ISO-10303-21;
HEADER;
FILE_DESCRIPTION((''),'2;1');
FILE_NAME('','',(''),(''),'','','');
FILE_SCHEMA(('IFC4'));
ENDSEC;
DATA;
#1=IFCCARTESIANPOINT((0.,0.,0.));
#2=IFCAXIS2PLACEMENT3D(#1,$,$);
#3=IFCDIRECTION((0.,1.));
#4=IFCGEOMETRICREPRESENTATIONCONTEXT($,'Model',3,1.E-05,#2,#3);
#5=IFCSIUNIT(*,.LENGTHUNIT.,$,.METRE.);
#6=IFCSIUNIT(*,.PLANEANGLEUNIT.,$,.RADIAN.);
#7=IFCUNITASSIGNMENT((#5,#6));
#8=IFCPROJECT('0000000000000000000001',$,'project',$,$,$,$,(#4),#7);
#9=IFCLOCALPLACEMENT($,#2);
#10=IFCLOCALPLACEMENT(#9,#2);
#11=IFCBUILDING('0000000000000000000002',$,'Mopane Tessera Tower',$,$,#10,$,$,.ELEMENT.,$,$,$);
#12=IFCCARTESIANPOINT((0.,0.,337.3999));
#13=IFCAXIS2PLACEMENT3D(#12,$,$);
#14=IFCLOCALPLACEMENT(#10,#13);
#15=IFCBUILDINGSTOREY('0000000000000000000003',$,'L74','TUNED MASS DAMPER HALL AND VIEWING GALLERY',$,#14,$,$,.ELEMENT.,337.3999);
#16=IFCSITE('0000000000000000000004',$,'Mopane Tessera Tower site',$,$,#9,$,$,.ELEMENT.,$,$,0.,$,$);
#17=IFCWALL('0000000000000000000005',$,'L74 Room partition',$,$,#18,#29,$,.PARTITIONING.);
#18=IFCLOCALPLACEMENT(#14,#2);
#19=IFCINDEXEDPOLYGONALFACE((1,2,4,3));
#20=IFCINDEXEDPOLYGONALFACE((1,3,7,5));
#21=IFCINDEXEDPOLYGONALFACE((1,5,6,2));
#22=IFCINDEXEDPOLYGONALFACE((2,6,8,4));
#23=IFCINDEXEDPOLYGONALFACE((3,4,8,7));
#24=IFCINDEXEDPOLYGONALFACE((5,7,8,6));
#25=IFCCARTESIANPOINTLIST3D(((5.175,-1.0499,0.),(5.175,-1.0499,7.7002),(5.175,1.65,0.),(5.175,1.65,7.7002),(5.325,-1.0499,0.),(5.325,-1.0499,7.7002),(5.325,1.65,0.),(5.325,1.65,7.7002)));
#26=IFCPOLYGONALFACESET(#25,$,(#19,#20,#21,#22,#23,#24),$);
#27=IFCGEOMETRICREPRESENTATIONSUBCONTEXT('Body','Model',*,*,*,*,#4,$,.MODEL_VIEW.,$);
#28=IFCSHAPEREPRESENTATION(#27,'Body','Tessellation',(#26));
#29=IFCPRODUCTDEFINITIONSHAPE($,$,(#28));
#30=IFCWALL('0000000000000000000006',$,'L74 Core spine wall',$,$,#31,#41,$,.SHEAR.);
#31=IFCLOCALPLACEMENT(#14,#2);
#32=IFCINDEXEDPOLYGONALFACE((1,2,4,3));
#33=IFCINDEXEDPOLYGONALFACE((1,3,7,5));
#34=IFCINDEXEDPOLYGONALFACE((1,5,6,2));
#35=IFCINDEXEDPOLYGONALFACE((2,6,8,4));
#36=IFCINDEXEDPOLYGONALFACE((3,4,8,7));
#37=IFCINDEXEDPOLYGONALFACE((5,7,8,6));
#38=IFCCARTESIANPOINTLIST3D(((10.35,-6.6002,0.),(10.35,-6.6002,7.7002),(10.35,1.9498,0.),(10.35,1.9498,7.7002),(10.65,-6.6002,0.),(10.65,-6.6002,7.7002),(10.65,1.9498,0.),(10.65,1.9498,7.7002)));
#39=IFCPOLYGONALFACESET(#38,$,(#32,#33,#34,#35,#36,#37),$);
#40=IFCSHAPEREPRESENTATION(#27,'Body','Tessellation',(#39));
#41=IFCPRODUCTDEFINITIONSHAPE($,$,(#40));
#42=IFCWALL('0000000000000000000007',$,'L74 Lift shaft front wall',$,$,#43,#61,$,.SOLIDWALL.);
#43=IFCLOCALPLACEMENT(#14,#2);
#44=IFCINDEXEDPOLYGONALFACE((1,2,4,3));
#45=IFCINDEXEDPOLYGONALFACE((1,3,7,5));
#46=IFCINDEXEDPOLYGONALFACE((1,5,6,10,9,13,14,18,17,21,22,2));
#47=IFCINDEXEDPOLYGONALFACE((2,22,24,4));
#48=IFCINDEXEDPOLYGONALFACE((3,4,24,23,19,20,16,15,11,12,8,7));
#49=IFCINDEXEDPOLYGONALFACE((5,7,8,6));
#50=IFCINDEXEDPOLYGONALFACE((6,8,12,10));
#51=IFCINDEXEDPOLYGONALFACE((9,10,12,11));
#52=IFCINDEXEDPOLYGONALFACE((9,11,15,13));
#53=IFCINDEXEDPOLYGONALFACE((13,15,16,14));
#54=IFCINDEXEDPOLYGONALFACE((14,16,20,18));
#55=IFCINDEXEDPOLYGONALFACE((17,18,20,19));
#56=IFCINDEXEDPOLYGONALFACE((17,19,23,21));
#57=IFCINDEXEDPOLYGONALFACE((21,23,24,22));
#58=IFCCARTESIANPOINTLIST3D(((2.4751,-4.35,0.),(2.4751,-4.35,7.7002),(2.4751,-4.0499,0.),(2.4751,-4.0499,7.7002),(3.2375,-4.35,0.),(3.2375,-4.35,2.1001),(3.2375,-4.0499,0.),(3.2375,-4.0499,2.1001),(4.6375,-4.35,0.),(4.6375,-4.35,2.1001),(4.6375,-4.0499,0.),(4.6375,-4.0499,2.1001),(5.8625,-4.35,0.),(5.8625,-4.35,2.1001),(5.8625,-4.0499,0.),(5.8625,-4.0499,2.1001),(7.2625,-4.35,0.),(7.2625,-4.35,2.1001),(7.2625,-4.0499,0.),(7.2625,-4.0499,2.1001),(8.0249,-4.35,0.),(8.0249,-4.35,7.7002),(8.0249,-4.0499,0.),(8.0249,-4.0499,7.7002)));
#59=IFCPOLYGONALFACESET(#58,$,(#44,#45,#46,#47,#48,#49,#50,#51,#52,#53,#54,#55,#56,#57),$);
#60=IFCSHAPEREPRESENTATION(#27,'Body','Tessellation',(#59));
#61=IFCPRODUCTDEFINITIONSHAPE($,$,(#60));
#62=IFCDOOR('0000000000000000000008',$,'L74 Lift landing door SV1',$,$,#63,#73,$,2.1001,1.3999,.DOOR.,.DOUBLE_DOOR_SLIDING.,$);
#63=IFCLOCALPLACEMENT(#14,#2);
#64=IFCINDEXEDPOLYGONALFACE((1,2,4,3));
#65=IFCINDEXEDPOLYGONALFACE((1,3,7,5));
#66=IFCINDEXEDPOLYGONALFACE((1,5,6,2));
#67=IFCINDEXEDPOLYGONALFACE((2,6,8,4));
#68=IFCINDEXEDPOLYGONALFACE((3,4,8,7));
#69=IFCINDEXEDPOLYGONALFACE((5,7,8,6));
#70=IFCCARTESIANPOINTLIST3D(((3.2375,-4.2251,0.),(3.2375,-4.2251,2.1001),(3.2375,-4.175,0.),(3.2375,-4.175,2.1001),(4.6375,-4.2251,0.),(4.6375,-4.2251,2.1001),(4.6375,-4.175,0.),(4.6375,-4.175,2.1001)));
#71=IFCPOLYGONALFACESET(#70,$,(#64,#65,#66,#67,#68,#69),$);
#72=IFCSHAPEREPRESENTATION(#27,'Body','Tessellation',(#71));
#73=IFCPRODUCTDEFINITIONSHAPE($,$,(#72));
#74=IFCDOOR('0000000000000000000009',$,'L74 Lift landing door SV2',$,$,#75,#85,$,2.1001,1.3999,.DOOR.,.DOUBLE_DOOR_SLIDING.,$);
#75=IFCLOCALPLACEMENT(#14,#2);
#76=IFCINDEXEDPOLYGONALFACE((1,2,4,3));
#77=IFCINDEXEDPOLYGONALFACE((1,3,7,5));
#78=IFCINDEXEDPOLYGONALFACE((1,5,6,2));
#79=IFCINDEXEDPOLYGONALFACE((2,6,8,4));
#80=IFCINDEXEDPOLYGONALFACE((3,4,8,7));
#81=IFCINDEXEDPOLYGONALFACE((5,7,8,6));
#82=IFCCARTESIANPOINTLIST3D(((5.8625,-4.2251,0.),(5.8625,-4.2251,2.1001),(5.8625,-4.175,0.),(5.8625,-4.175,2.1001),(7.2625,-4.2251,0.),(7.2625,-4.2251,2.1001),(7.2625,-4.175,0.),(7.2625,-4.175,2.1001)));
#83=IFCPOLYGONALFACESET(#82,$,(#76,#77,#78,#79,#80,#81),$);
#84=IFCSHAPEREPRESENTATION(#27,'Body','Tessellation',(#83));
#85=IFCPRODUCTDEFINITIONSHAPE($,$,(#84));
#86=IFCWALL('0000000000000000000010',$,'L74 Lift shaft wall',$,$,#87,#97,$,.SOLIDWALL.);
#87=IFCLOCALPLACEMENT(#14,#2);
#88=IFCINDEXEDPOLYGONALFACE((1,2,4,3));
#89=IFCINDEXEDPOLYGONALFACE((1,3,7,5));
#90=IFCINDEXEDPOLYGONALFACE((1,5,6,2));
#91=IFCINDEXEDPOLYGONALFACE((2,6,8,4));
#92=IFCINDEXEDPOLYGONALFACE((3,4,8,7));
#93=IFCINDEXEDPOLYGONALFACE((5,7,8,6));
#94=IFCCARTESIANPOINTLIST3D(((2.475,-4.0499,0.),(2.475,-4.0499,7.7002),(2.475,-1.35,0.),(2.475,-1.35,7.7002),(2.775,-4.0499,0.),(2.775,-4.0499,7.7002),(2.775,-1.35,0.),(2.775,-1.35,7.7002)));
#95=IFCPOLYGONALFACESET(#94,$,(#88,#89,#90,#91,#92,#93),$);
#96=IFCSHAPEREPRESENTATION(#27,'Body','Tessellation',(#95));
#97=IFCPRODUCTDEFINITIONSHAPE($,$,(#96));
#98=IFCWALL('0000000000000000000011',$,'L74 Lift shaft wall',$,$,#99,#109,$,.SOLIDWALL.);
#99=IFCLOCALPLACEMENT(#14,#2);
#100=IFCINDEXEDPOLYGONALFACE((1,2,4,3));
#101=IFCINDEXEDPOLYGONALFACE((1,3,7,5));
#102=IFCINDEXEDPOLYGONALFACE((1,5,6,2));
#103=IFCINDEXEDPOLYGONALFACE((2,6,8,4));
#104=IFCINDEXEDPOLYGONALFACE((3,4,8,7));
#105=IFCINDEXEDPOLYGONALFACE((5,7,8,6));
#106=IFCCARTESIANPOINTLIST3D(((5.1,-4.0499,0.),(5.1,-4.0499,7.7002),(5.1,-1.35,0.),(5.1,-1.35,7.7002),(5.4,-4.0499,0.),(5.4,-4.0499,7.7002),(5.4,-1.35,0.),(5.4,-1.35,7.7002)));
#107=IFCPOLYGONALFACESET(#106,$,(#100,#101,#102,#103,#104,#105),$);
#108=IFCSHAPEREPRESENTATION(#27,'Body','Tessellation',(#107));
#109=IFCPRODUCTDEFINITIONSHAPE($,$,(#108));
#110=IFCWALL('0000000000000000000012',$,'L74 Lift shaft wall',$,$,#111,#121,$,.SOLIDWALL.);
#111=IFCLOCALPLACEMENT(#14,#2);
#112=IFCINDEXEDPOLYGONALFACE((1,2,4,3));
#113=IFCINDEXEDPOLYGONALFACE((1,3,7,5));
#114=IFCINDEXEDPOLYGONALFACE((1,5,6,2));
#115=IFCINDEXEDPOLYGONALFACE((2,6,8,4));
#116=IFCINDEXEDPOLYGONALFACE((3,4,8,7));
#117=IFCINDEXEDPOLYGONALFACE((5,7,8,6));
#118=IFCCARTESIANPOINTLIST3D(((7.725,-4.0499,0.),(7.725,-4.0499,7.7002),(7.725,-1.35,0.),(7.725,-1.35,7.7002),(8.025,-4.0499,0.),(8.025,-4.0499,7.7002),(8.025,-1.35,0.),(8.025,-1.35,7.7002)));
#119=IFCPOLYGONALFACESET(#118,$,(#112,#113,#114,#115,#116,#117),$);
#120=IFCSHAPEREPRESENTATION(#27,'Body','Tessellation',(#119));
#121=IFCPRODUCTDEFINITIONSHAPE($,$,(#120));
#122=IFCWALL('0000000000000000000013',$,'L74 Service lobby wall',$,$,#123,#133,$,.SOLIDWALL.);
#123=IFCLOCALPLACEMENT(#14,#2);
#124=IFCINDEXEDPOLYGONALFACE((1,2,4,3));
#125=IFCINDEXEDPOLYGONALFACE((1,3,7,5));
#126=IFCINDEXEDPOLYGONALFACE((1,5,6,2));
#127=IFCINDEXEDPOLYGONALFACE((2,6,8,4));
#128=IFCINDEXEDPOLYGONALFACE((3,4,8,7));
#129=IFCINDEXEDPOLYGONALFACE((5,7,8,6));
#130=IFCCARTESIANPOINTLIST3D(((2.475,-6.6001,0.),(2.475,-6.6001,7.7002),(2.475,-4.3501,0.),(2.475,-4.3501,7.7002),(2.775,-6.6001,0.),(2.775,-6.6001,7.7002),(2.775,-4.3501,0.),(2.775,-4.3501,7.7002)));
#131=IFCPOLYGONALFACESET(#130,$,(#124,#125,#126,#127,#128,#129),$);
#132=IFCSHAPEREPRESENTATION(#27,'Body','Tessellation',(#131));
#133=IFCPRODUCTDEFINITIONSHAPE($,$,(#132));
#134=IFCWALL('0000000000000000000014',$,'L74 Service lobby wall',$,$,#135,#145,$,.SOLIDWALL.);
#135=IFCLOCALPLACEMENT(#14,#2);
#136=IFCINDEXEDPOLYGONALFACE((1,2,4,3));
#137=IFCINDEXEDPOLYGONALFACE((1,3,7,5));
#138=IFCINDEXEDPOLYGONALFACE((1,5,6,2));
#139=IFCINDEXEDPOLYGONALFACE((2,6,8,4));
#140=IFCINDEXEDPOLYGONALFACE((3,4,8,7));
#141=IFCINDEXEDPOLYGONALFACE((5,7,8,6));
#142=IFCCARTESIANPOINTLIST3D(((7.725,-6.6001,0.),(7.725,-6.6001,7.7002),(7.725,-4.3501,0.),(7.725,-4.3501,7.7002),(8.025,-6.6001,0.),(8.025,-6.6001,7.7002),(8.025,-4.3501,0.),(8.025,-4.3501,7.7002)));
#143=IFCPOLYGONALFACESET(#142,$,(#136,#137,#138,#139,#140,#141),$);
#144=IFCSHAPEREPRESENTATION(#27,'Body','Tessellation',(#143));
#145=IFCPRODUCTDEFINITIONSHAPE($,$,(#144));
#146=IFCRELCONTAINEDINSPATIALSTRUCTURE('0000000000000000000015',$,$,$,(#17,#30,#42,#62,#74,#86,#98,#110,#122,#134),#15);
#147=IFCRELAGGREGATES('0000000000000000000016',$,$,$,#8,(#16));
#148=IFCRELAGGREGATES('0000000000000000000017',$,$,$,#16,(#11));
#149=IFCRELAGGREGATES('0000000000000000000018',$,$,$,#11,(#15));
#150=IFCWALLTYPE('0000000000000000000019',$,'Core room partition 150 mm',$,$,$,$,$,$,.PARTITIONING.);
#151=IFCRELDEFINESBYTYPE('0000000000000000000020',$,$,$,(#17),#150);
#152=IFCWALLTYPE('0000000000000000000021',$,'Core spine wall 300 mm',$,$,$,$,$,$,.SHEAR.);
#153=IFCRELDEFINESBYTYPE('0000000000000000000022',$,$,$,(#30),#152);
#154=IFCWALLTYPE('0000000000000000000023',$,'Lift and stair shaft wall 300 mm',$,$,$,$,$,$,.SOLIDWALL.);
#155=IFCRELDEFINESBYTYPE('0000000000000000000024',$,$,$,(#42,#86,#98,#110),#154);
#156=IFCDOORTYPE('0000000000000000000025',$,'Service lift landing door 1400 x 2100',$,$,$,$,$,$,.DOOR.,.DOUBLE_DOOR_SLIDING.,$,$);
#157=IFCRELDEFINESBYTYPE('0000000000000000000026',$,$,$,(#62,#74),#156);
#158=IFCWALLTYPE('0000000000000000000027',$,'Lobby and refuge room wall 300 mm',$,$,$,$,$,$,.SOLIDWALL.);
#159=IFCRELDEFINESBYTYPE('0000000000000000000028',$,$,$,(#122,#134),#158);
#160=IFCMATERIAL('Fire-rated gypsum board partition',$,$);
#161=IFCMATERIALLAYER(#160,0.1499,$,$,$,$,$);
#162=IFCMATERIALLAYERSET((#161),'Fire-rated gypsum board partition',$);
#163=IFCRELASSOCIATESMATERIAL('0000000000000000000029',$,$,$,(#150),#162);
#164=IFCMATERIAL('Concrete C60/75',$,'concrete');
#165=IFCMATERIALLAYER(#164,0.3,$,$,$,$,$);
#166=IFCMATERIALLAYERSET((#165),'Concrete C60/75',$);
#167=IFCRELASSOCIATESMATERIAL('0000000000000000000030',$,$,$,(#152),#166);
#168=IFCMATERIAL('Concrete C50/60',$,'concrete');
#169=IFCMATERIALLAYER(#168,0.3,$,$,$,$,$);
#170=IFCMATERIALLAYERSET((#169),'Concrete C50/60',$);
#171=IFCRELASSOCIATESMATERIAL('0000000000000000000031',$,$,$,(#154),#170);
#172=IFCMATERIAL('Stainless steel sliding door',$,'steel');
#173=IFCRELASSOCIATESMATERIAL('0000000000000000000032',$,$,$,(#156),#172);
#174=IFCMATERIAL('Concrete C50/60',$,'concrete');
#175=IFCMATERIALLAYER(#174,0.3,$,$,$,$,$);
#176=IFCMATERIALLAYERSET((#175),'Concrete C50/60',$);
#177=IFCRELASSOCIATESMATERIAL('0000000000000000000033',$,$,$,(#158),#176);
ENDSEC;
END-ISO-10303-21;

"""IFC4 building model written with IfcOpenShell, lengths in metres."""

from ifc_helpers import new_model, si_unit, direction, frame, frame_2d, origin, place, context, subcontext, project, spatial, rectangle, extrude, material, layer, layer_set, type_object, element, fill, save


model = new_model("IFC4")

# Units and contexts
model_context = context("Model", 3, precision=1e-05, world=origin(), true_north=direction((0.0, 1.0)))
body_context = subcontext(model_context, "Body", "Model", "MODEL_VIEW")
ifc_project = project(units=[si_unit("LENGTHUNIT", "METRE"), si_unit("PLANEANGLEUNIT", "RADIAN")], contexts=[model_context])

# Site, building, storey
site_placement = place(None, origin())
site = spatial("IfcSite", under=ifc_project, at=site_placement, Name="Mopane Tessera Tower site", CompositionType="ELEMENT", RefElevation=0.0)
building_placement = place(site_placement, origin())
building = spatial("IfcBuilding", under=site, at=building_placement, Name="Mopane Tessera Tower", CompositionType="ELEMENT")
storey_placement = place(building_placement, frame((0.0, 0.0, 337.3999)))
storey = spatial("IfcBuildingStorey", under=building, at=storey_placement, Name="L74", Description="TUNED MASS DAMPER HALL AND VIEWING GALLERY", CompositionType="ELEMENT", Elevation=337.3999)

# Walls
ifc_material_1 = material(Name="Fire-rated gypsum board partition")
ifc_layer_1 = layer(ifc_material_1, 0.1499)
ifc_layer_set_1 = layer_set([ifc_layer_1], Name="Fire-rated gypsum board partition")
wall_type_1 = type_object("IfcWallType", Name="Core room partition 150 mm", PredefinedType="PARTITIONING", material=ifc_layer_set_1)
for number, where, z_axis, x_axis, name in (
    (1, (5.25, -1.05, 0.0), (0.0, 0.0, 1.0), (0.0, 1.0, 0.0), "L74 Room partition"),
):
    element("IfcWall", number, at=place(storey_placement, frame(where, z_axis=z_axis, x_axis=x_axis)), inside=storey, type_object=wall_type_1, Name=name, PredefinedType="PARTITIONING", context=body_context, shape_type="SweptSolid", body=[
        extrude(rectangle(XDim=2.7, YDim=0.1499, at=frame_2d((1.3501, 0.0))), origin(), (0.0, 0.0, 1.0), 7.7002),
    ])
ifc_material_2 = material(Name="Concrete C60/75", Category="concrete")
ifc_layer_2 = layer(ifc_material_2, 0.3)
ifc_layer_set_2 = layer_set([ifc_layer_2], Name="Concrete C60/75")
wall_type_2 = type_object("IfcWallType", Name="Core spine wall 300 mm", PredefinedType="SHEAR", material=ifc_layer_set_2)
wall_1_placement = place(storey_placement, frame((10.5, -6.6001, 0.0), z_axis=(0.0, 0.0, 1.0), x_axis=(0.0, 1.0, 0.0)))
element("IfcWall", 2, at=wall_1_placement, inside=storey, type_object=wall_type_2, Name="L74 Core spine wall", PredefinedType="SHEAR", context=body_context, shape_type="SweptSolid", body=[
    extrude(rectangle(XDim=8.55, YDim=0.3, at=frame_2d((4.2749, 0.0))), origin(), (0.0, 0.0, 1.0), 7.7002),
])

# Wall, openings, doors
ifc_material_3 = material(Name="Concrete C50/60", Category="concrete")
ifc_layer_3 = layer(ifc_material_3, 0.3)
ifc_layer_set_3 = layer_set([ifc_layer_3], Name="Concrete C50/60")
wall_type_3 = type_object("IfcWallType", Name="Lift and stair shaft wall 300 mm", PredefinedType="SOLIDWALL", material=ifc_layer_set_3)
wall_2_placement = place(storey_placement, frame((2.4751, -4.2, 0.0), z_axis=(0.0, 0.0, 1.0), x_axis=(1.0, 0.0, 0.0)))
wall_2 = element("IfcWall", 3, at=wall_2_placement, inside=storey, type_object=wall_type_3, Name="L74 Lift shaft front wall", PredefinedType="SOLIDWALL", context=body_context, shape_type="SweptSolid", body=[
    extrude(rectangle(XDim=5.5498, YDim=0.3, at=frame_2d((2.7749, 0.0))), origin(), (0.0, 0.0, 1.0), 7.7002),
])
opening_1_placement = place(wall_2_placement, frame((0.7625, 0.0, 0.0)))
opening_1 = element("IfcOpeningElement", 4, at=opening_1_placement, cuts=wall_2, PredefinedType="OPENING", context=body_context, shape_type="SweptSolid", body=[
    extrude(rectangle(XDim=1.3999, YDim=2.1001, at=frame_2d((0.7, 1.05))), frame((0.0, 0.1621, 0.0), z_axis=(0.0, -1.0, 0.0), x_axis=(1.0, 0.0, 0.0)), (0.0, 0.0, 1.0), 0.324),
])
opening_2_placement = place(wall_2_placement, frame((3.3875, 0.0, 0.0)))
opening_2 = element("IfcOpeningElement", 5, at=opening_2_placement, cuts=wall_2, PredefinedType="OPENING", context=body_context, shape_type="SweptSolid", body=[
    extrude(rectangle(XDim=1.3999, YDim=2.1001, at=frame_2d((0.7, 1.05))), frame((0.0, 0.1621, 0.0), z_axis=(0.0, -1.0, 0.0), x_axis=(1.0, 0.0, 0.0)), (0.0, 0.0, 1.0), 0.324),
])
ifc_material_4 = material(Name="Stainless steel sliding door", Category="steel")
door_type = type_object("IfcDoorType", Name="Service lift landing door 1400 x 2100", OperationType="DOUBLE_DOOR_SLIDING", PredefinedType="DOOR", material=ifc_material_4)
door_1_placement = place(opening_1_placement, origin())
door_1 = element("IfcDoor", 6, at=door_1_placement, inside=storey, type_object=door_type, Name="L74 Lift landing door SV1", OperationType="DOUBLE_DOOR_SLIDING", OverallHeight=2.1001, OverallWidth=1.3999, PredefinedType="DOOR", context=body_context, shape_type="SweptSolid", body=[
    extrude(rectangle(XDim=1.3999, YDim=2.1001, at=frame_2d((0.7, 1.05))), frame((0.0, 0.0249, 0.0), z_axis=(0.0, -1.0, 0.0), x_axis=(1.0, 0.0, 0.0)), (0.0, 0.0, 1.0), 0.05),
])
fill(opening_1, door_1)
door_2_placement = place(opening_2_placement, origin())
door_2 = element("IfcDoor", 7, at=door_2_placement, inside=storey, type_object=door_type, Name="L74 Lift landing door SV2", OperationType="DOUBLE_DOOR_SLIDING", OverallHeight=2.1001, OverallWidth=1.3999, PredefinedType="DOOR", context=body_context, shape_type="SweptSolid", body=[
    extrude(rectangle(XDim=1.3999, YDim=2.1001, at=frame_2d((0.7, 1.05))), frame((0.0, 0.0249, 0.0), z_axis=(0.0, -1.0, 0.0), x_axis=(1.0, 0.0, 0.0)), (0.0, 0.0, 1.0), 0.05),
])
fill(opening_2, door_2)

# Walls
for number, where, z_axis, x_axis, name in (
    (8, (2.625, -4.05, 0.0), (0.0, 0.0, 1.0), (0.0, 1.0, 0.0), "L74 Lift shaft wall"),
    (9, (5.25, -4.05, 0.0), (0.0, 0.0, 1.0), (0.0, 1.0, 0.0), "L74 Lift shaft wall"),
    (10, (7.875, -4.05, 0.0), (0.0, 0.0, 1.0), (0.0, 1.0, 0.0), "L74 Lift shaft wall"),
):
    element("IfcWall", number, at=place(storey_placement, frame(where, z_axis=z_axis, x_axis=x_axis)), inside=storey, type_object=wall_type_3, Name=name, PredefinedType="SOLIDWALL", context=body_context, shape_type="SweptSolid", body=[
        extrude(rectangle(XDim=2.7, YDim=0.3, at=frame_2d((1.3501, 0.0))), origin(), (0.0, 0.0, 1.0), 7.7002),
    ])
ifc_material_5 = material(Name="Concrete C50/60", Category="concrete")
ifc_layer_4 = layer(ifc_material_5, 0.3)
ifc_layer_set_4 = layer_set([ifc_layer_4], Name="Concrete C50/60")
wall_type_4 = type_object("IfcWallType", Name="Lobby and refuge room wall 300 mm", PredefinedType="SOLIDWALL", material=ifc_layer_set_4)
for number, where, z_axis, x_axis, name in (
    (11, (2.625, -6.6001, 0.0), (0.0, 0.0, 1.0), (0.0, 1.0, 0.0), "L74 Service lobby wall"),
    (12, (7.875, -6.6001, 0.0), (0.0, 0.0, 1.0), (0.0, 1.0, 0.0), "L74 Service lobby wall"),
):
    element("IfcWall", number, at=place(storey_placement, frame(where, z_axis=z_axis, x_axis=x_axis)), inside=storey, type_object=wall_type_4, Name=name, PredefinedType="SOLIDWALL", context=body_context, shape_type="SweptSolid", body=[
        extrude(rectangle(XDim=2.25, YDim=0.3, at=frame_2d((1.125, 0.0))), origin(), (0.0, 0.0, 1.0), 7.7002),
    ])

save(model, "model.ifc")
